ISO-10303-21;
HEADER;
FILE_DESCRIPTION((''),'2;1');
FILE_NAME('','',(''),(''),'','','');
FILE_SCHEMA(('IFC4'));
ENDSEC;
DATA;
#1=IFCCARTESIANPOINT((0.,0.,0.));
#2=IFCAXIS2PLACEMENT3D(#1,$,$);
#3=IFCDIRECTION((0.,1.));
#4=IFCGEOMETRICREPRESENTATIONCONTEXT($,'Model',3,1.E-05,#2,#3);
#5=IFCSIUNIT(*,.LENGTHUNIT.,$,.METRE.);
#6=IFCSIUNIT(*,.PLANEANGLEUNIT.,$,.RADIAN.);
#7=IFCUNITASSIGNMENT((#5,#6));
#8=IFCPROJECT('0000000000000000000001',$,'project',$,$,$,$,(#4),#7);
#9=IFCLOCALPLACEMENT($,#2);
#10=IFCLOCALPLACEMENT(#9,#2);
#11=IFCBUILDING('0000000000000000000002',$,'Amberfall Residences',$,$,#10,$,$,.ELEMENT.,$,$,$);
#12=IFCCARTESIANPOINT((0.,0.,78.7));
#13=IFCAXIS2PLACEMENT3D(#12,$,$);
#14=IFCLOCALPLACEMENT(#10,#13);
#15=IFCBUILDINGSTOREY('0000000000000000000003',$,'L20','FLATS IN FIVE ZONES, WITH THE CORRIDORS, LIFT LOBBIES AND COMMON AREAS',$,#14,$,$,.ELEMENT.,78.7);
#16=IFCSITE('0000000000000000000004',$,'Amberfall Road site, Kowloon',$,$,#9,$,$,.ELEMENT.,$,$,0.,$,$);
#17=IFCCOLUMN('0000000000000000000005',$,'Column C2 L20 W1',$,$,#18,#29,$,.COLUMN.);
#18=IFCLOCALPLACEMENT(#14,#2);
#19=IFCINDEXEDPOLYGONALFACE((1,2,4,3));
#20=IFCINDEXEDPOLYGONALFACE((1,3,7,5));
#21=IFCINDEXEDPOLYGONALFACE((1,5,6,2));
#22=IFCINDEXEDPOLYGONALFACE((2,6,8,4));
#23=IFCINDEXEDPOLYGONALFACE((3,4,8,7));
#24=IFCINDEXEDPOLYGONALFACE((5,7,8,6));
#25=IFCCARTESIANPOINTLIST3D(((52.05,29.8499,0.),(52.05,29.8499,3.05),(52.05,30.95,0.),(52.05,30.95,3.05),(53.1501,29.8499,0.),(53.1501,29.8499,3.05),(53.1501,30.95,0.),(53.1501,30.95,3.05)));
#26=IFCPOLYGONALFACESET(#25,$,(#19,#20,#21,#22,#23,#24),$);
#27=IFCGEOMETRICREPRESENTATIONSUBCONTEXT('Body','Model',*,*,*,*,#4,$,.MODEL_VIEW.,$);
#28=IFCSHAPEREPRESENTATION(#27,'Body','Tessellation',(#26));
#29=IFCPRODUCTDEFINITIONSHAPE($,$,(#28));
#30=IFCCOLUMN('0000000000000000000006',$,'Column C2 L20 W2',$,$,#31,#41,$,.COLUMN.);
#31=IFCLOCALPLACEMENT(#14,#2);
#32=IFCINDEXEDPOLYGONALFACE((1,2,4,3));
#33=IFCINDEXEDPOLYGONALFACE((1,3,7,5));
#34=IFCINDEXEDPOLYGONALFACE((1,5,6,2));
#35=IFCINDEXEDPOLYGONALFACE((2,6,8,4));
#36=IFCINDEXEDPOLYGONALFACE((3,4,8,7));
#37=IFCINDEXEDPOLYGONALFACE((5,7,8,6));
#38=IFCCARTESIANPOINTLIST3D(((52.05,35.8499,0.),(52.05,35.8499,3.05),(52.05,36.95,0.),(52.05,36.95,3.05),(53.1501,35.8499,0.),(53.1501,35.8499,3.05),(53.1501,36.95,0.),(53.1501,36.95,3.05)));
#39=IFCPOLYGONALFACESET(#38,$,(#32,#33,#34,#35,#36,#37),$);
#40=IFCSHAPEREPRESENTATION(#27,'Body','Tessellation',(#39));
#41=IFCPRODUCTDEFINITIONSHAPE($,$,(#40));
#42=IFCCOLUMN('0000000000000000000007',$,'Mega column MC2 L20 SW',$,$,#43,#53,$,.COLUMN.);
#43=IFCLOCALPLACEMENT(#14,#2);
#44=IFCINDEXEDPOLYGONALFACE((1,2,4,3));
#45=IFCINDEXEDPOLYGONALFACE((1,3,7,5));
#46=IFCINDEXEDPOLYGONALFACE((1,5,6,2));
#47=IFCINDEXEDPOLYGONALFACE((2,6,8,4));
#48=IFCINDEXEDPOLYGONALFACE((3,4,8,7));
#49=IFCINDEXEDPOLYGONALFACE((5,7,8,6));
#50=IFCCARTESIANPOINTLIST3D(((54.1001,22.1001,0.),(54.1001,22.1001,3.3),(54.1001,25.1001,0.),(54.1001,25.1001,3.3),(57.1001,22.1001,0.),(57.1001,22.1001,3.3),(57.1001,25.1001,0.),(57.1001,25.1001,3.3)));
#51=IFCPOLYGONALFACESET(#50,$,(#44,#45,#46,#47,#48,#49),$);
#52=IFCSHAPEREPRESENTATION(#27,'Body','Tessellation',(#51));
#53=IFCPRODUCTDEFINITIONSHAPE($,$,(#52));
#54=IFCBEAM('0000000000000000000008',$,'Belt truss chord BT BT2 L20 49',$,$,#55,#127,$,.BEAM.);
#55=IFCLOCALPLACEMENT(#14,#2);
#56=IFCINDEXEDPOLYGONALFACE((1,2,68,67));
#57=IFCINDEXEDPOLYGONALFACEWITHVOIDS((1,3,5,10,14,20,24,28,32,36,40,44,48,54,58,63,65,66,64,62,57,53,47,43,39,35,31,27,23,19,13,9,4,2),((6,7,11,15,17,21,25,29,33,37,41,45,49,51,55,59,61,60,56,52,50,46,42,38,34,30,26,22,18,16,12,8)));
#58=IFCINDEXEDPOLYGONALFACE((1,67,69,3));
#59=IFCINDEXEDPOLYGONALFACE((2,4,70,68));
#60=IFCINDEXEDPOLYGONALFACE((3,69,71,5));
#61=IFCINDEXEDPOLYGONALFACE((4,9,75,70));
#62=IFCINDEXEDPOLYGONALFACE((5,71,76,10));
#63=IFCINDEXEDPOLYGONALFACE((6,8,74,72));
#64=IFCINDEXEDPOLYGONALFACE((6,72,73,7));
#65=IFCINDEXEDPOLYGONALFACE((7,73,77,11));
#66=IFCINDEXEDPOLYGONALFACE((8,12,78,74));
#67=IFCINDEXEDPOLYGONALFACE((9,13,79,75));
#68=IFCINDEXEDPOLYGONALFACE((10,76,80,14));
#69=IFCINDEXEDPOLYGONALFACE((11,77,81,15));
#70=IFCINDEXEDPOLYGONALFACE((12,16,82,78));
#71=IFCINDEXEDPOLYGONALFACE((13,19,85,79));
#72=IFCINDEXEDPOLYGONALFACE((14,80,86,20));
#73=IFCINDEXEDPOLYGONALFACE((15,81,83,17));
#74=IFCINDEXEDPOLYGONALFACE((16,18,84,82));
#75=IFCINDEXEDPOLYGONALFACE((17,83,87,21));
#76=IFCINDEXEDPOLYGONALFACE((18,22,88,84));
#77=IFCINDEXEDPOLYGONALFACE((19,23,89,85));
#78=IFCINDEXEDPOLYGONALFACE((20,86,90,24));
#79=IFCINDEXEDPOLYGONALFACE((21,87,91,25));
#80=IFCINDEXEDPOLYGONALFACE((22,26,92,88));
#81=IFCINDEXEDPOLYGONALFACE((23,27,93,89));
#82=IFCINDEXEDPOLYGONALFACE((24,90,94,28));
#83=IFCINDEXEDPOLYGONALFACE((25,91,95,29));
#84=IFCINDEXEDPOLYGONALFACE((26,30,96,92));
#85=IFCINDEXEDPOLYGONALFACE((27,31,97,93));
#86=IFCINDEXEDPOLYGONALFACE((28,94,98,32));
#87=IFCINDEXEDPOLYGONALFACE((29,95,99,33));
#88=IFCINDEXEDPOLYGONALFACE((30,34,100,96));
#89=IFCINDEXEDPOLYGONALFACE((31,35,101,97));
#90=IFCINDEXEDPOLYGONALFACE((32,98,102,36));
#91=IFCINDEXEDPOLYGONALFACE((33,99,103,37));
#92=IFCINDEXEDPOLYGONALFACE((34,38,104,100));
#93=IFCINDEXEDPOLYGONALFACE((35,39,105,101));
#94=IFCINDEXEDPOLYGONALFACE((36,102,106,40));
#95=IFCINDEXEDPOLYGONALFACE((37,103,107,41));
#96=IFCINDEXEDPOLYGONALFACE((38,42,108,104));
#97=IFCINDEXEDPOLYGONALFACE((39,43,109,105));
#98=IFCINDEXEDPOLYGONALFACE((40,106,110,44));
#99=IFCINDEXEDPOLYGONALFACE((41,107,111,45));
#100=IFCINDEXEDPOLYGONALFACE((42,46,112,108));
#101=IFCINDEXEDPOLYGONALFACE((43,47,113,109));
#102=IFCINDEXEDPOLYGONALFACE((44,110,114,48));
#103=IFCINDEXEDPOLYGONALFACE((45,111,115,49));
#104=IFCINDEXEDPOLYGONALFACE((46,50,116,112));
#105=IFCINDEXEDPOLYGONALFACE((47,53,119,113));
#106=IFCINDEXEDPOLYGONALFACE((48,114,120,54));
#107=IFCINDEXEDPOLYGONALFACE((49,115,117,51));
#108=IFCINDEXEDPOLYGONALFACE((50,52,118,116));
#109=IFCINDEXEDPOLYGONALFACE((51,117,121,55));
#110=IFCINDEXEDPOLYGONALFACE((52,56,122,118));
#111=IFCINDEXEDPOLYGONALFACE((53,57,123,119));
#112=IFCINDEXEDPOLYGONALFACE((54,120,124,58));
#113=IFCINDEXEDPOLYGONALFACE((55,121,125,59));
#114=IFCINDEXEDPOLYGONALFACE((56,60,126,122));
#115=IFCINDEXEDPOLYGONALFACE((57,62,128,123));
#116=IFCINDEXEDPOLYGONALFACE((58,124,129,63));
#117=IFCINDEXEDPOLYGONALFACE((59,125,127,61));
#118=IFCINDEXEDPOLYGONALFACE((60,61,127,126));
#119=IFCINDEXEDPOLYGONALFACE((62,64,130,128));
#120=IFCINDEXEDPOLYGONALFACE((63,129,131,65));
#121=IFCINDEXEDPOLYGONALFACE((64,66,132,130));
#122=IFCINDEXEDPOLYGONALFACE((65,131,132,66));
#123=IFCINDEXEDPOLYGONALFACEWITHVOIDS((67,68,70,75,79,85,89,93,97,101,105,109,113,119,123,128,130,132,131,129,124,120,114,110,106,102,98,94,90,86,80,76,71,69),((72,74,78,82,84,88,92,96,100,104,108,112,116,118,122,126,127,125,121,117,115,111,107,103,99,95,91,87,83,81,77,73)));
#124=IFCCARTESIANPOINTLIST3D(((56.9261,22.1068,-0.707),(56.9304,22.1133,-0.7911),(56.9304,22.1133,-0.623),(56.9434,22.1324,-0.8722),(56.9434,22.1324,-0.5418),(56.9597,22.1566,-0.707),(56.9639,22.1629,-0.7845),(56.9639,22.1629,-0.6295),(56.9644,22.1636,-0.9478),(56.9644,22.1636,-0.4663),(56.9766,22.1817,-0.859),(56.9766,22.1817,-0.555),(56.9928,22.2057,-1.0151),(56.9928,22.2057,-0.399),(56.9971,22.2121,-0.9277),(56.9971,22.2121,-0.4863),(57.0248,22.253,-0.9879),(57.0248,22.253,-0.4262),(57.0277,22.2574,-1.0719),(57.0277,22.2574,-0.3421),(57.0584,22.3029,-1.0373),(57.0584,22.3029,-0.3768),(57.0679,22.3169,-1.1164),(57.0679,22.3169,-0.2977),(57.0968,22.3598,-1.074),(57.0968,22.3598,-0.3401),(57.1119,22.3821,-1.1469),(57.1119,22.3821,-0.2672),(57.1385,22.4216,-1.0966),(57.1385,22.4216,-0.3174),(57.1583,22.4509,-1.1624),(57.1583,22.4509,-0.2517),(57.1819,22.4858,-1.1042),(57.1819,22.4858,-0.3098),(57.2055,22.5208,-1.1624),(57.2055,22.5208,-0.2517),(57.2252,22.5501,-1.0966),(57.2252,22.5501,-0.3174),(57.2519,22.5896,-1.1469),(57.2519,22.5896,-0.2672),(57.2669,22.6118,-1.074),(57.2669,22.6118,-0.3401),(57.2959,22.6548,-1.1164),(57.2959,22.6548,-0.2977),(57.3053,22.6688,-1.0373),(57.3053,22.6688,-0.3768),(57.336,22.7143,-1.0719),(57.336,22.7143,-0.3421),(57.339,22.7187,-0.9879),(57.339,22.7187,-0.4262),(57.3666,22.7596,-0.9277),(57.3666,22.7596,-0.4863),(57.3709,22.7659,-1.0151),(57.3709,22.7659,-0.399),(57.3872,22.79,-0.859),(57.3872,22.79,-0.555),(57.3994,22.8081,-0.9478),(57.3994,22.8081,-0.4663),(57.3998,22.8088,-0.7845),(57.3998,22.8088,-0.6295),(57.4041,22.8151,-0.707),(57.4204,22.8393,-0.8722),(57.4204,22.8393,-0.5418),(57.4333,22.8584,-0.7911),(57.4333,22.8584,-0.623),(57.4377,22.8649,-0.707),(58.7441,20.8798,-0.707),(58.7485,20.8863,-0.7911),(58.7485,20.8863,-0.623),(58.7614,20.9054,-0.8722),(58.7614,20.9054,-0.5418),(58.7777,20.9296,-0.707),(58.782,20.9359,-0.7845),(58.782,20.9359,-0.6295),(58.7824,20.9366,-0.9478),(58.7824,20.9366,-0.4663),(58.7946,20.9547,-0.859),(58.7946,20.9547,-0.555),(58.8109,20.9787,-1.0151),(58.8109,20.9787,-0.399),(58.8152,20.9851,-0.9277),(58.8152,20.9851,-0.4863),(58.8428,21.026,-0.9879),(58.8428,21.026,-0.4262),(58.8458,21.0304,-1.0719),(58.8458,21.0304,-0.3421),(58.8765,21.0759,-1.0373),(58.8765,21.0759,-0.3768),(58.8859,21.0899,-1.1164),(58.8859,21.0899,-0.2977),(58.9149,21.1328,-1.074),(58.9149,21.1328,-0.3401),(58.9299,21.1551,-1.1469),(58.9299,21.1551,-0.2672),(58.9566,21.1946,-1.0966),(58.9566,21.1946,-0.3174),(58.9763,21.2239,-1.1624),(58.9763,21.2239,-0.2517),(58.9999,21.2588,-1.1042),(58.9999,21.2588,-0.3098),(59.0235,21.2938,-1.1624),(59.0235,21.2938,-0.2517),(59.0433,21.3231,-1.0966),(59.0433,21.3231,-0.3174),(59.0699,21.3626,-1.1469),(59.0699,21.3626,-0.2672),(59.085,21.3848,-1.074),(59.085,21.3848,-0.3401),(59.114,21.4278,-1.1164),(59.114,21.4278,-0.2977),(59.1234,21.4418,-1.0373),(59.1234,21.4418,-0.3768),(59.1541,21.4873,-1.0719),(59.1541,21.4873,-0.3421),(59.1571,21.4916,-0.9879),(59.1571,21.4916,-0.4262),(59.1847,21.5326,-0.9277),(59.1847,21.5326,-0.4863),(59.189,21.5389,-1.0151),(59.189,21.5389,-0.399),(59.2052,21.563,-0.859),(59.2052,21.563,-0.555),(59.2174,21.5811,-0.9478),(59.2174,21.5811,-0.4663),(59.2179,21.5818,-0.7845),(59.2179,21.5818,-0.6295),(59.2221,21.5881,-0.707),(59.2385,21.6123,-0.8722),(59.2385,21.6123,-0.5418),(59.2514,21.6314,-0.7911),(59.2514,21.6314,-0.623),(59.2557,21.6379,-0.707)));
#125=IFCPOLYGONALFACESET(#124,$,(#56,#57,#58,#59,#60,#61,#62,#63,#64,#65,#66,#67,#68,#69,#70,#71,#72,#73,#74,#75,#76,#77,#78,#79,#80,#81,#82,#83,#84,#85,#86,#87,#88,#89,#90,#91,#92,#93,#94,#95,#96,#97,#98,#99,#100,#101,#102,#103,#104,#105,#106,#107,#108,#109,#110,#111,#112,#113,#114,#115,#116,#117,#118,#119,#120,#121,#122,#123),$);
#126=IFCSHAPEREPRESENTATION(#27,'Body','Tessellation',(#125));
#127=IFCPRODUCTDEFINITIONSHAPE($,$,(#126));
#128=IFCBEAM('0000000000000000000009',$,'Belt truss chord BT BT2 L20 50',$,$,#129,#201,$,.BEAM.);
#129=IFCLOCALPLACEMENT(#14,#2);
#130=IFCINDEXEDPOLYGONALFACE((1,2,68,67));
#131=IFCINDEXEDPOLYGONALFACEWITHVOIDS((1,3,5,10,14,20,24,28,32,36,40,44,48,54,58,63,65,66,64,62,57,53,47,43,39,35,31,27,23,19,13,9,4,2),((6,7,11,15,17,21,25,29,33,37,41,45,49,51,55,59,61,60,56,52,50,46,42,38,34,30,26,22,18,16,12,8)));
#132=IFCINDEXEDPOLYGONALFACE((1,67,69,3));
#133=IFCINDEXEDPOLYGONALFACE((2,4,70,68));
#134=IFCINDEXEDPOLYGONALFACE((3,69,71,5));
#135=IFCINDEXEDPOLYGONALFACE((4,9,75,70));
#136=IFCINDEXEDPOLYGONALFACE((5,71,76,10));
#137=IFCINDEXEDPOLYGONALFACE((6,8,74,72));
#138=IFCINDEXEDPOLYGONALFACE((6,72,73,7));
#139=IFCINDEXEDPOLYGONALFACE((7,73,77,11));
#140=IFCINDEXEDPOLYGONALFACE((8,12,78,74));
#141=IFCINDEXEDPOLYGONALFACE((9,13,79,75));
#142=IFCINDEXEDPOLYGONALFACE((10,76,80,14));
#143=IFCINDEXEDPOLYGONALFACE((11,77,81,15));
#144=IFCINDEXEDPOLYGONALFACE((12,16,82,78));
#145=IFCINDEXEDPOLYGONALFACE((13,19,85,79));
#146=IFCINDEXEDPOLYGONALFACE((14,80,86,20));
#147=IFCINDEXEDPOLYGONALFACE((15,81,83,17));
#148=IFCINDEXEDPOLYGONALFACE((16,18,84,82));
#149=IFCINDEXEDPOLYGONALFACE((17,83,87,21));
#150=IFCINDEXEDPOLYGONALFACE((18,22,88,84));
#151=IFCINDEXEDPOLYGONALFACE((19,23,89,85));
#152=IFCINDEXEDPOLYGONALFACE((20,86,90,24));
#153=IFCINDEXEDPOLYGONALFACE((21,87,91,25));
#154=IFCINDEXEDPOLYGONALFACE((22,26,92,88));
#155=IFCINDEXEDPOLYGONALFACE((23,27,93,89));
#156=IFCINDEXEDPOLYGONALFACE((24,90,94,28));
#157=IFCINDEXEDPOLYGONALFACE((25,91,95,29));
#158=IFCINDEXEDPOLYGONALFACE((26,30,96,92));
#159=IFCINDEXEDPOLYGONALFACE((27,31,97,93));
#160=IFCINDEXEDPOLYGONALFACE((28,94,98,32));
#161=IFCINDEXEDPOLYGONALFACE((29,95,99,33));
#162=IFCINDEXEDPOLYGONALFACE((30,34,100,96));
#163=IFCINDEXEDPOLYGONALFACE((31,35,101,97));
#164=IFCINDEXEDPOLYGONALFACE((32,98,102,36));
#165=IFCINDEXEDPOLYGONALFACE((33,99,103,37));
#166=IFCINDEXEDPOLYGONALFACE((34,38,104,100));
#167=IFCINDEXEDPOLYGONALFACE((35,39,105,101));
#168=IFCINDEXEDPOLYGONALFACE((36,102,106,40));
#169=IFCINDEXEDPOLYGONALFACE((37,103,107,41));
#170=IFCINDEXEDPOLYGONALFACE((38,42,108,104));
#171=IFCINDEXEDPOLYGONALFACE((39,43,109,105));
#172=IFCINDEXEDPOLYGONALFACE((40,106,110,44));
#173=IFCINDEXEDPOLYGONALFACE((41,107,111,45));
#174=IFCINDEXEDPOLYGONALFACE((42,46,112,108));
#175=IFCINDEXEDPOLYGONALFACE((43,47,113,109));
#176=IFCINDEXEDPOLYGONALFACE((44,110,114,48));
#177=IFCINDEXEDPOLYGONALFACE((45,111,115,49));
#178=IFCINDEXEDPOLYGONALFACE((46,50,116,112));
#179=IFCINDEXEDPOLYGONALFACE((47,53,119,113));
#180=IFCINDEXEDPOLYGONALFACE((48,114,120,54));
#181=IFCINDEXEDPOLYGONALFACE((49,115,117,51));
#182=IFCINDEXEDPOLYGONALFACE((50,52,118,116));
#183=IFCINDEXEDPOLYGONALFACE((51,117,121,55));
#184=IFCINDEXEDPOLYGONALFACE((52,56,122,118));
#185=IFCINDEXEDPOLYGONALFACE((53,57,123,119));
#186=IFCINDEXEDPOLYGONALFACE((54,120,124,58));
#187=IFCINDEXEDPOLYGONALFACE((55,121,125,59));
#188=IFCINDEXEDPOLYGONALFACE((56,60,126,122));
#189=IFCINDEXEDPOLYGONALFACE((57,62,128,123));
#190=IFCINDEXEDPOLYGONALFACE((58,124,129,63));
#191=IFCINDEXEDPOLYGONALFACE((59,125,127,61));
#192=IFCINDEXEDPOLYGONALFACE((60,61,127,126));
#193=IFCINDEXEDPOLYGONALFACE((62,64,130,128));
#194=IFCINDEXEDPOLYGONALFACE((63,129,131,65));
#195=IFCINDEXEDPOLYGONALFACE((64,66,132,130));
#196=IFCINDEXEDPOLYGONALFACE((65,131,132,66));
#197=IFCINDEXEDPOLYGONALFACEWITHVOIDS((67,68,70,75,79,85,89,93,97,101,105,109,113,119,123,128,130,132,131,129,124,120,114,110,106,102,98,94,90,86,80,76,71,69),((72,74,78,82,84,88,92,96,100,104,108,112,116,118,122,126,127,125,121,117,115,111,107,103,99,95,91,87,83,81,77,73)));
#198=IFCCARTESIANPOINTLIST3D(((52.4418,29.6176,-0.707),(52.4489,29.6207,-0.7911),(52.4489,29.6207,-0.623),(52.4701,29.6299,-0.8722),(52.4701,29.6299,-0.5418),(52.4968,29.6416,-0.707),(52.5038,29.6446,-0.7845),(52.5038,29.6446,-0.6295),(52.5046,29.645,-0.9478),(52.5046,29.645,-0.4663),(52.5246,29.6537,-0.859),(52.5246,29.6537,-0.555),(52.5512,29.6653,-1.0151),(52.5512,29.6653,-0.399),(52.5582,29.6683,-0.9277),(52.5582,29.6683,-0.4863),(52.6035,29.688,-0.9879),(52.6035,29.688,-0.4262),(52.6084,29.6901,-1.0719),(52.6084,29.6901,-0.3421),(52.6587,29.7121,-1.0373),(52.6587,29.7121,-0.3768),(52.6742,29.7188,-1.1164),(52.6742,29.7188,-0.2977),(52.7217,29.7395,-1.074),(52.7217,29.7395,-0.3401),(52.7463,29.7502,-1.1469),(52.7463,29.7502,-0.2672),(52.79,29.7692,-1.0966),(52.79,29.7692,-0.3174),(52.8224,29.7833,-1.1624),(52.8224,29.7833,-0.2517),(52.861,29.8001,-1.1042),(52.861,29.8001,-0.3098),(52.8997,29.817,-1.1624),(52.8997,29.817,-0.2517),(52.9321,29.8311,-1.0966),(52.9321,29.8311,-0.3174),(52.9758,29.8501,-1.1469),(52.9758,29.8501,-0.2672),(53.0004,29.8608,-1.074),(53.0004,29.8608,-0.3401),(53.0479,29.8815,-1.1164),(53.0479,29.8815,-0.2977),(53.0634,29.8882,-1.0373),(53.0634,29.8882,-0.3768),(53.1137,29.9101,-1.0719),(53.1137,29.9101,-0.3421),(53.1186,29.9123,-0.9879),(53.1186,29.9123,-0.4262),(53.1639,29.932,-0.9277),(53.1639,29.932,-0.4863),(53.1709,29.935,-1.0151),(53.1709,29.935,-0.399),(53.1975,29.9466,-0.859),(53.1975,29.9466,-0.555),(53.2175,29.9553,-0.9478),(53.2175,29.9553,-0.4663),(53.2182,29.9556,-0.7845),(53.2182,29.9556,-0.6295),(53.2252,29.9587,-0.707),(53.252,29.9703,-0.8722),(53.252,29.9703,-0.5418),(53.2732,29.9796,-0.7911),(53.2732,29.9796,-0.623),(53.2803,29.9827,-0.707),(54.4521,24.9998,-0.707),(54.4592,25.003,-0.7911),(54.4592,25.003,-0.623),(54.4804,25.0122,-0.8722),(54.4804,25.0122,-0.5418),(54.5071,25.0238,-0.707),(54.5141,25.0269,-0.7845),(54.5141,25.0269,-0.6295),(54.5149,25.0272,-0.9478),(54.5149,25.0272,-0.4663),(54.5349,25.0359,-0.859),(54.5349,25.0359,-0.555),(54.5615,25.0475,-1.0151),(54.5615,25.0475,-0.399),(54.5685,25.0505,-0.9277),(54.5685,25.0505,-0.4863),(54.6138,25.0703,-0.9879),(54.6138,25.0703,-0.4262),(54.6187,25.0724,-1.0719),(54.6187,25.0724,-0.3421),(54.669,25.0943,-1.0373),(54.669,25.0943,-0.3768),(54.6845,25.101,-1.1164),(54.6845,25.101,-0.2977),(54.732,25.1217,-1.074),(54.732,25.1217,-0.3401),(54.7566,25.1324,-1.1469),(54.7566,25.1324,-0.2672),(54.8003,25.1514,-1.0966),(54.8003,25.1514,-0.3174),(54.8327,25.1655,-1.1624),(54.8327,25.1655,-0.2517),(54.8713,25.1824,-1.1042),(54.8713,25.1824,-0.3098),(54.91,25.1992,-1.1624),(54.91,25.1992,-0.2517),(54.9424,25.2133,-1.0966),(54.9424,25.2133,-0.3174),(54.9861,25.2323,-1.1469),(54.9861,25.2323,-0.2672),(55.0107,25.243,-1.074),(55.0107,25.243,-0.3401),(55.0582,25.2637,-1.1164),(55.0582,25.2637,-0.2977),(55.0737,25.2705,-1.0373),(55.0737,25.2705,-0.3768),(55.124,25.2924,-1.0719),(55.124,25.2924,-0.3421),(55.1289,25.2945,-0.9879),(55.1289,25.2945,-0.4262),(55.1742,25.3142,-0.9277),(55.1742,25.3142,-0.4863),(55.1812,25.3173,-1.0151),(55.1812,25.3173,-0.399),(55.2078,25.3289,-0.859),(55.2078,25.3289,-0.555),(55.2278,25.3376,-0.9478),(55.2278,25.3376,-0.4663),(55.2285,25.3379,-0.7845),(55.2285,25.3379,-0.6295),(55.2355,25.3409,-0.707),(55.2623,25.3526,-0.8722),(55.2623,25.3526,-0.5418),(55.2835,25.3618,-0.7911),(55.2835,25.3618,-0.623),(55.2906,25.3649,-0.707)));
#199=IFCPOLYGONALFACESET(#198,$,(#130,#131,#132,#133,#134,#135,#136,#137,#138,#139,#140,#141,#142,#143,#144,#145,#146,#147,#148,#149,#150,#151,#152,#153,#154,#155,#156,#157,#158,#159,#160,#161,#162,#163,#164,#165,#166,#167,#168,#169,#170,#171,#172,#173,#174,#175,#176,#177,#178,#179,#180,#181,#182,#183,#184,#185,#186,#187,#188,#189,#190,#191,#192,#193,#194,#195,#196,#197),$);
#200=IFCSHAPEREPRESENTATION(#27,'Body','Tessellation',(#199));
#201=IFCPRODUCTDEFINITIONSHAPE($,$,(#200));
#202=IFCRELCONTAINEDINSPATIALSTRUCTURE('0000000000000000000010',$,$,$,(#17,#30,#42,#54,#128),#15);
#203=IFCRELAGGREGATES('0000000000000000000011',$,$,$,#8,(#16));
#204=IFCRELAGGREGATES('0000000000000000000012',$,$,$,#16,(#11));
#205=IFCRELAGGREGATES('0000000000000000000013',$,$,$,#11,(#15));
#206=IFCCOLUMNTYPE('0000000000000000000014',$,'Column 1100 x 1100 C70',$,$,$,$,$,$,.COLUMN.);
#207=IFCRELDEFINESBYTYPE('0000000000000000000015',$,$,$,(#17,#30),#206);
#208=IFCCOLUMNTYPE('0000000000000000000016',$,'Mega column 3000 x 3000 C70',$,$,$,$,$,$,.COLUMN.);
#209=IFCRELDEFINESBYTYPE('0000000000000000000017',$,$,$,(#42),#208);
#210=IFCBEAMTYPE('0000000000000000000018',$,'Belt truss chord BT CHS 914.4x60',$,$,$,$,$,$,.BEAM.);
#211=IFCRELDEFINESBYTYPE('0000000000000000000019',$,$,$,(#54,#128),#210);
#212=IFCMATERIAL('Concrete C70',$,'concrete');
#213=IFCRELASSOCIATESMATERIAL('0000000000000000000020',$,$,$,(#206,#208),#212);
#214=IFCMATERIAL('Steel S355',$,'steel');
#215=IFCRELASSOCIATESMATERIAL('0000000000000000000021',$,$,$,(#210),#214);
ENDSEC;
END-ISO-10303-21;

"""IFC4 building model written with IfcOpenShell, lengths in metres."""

from ifc_helpers import new_model, si_unit, direction, frame, origin, origin_2d, place, context, subcontext, project, spatial, rectangle, hollow_circle, extrude, material, material_profile, profile_set, type_object, element, save


model = new_model("IFC4")

# Units and contexts
model_context = context("Model", 3, precision=1e-05, world=origin(), true_north=direction((0.0, 1.0)))
body_context = subcontext(model_context, "Body", "Model", "MODEL_VIEW")
ifc_project = project(units=[si_unit("LENGTHUNIT", "METRE"), si_unit("PLANEANGLEUNIT", "RADIAN")], contexts=[model_context])

# Site, building, storey
site_placement = place(None, origin())
site = spatial("IfcSite", under=ifc_project, at=site_placement, Name="Amberfall Road site, Kowloon", CompositionType="ELEMENT", RefElevation=0.0)
building_placement = place(site_placement, origin())
building = spatial("IfcBuilding", under=site, at=building_placement, Name="Amberfall Residences", CompositionType="ELEMENT")
storey_placement = place(building_placement, frame((0.0, 0.0, 78.7)))
storey = spatial("IfcBuildingStorey", under=building, at=storey_placement, Name="L20", Description="FLATS IN FIVE ZONES, WITH THE CORRIDORS, LIFT LOBBIES AND COMMON AREAS", CompositionType="ELEMENT", Elevation=78.7)

# Columns
ifc_material_1 = material(Name="Concrete C70", Category="concrete")
ifc_material_profile_1 = material_profile(ifc_material_1, rectangle(XDim=1.1001, YDim=1.1001, at=origin_2d()), Name="Column 1100 x 1100 C70")
ifc_profile_set_1 = profile_set([ifc_material_profile_1], Name="Concrete C70")
column_type_1 = type_object("IfcColumnType", Name="Column 1100 x 1100 C70", PredefinedType="COLUMN", material=ifc_profile_set_1)
for number, where, z_axis, x_axis, name in (
    (1, (52.6001, 30.3999, 0.0), (0.0, 0.0, 1.0), (1.0, 0.0, 0.0), "Column C2 L20 W1"),
    (2, (52.6001, 36.3999, 0.0), (0.0, 0.0, 1.0), (1.0, 0.0, 0.0), "Column C2 L20 W2"),
):
    element("IfcColumn", number, at=place(storey_placement, frame(where, z_axis=z_axis, x_axis=x_axis)), inside=storey, type_object=column_type_1, Name=name, PredefinedType="COLUMN", context=body_context, shape_type="SweptSolid", body=[
        extrude(rectangle(XDim=1.1001, YDim=1.1001, at=origin_2d()), origin(), (0.0, 0.0, 1.0), 3.05),
    ])
ifc_material_profile_2 = material_profile(ifc_material_1, rectangle(XDim=3.0, YDim=3.0, at=origin_2d()), Name="Mega column 3000 x 3000 C70")
ifc_profile_set_2 = profile_set([ifc_material_profile_2], Name="Concrete C70")
column_type_2 = type_object("IfcColumnType", Name="Mega column 3000 x 3000 C70", PredefinedType="COLUMN", material=ifc_profile_set_2)
column_placement = place(storey_placement, frame((55.6001, 23.6001, 0.0), z_axis=(0.0, 0.0, 1.0), x_axis=(1.0, 0.0, 0.0)))
element("IfcColumn", 3, at=column_placement, inside=storey, type_object=column_type_2, Name="Mega column MC2 L20 SW", PredefinedType="COLUMN", context=body_context, shape_type="SweptSolid", body=[
    extrude(rectangle(XDim=3.0, YDim=3.0, at=origin_2d()), origin(), (0.0, 0.0, 1.0), 3.3),
])

# Beams
ifc_material_2 = material(Name="Steel S355", Category="steel")
ifc_material_profile_3 = material_profile(ifc_material_2, hollow_circle(Radius=0.4573, WallThickness=0.0601, at=origin_2d()), Name="CHS 914.4x60")
ifc_profile_set_3 = profile_set([ifc_material_profile_3], Name="Steel S355")
beam_type_1 = type_object("IfcBeamType", Name="Belt truss chord BT CHS 914.4x60", PredefinedType="BEAM", material=ifc_profile_set_3)
beam_1_placement = place(storey_placement, frame((57.1819, 22.4858, -0.707), z_axis=(0.828886, -0.559417, 0.0), x_axis=(0.559417, 0.828886, 0.0)))
element("IfcBeam", 4, at=beam_1_placement, inside=storey, type_object=beam_type_1, Name="Belt truss chord BT BT2 L20 49", PredefinedType="BEAM", context=body_context, shape_type="SweptSolid", body=[
    extrude(hollow_circle(Radius=0.4573, WallThickness=0.0601, at=origin_2d()), origin(), (0.0, 0.0, 1.0), 2.1934),
])
beam_2_placement = place(storey_placement, frame((54.8713, 25.1824, -0.707), z_axis=(-0.399155, 0.916883, 0.0), x_axis=(-0.916883, -0.399155, 0.0)))
element("IfcBeam", 5, at=beam_2_placement, inside=storey, type_object=beam_type_1, Name="Belt truss chord BT BT2 L20 50", PredefinedType="BEAM", context=body_context, shape_type="SweptSolid", body=[
    extrude(hollow_circle(Radius=0.4573, WallThickness=0.0601, at=origin_2d()), origin(), (0.0, 0.0, 1.0), 5.0364),
])

save(model, "model.ifc")
